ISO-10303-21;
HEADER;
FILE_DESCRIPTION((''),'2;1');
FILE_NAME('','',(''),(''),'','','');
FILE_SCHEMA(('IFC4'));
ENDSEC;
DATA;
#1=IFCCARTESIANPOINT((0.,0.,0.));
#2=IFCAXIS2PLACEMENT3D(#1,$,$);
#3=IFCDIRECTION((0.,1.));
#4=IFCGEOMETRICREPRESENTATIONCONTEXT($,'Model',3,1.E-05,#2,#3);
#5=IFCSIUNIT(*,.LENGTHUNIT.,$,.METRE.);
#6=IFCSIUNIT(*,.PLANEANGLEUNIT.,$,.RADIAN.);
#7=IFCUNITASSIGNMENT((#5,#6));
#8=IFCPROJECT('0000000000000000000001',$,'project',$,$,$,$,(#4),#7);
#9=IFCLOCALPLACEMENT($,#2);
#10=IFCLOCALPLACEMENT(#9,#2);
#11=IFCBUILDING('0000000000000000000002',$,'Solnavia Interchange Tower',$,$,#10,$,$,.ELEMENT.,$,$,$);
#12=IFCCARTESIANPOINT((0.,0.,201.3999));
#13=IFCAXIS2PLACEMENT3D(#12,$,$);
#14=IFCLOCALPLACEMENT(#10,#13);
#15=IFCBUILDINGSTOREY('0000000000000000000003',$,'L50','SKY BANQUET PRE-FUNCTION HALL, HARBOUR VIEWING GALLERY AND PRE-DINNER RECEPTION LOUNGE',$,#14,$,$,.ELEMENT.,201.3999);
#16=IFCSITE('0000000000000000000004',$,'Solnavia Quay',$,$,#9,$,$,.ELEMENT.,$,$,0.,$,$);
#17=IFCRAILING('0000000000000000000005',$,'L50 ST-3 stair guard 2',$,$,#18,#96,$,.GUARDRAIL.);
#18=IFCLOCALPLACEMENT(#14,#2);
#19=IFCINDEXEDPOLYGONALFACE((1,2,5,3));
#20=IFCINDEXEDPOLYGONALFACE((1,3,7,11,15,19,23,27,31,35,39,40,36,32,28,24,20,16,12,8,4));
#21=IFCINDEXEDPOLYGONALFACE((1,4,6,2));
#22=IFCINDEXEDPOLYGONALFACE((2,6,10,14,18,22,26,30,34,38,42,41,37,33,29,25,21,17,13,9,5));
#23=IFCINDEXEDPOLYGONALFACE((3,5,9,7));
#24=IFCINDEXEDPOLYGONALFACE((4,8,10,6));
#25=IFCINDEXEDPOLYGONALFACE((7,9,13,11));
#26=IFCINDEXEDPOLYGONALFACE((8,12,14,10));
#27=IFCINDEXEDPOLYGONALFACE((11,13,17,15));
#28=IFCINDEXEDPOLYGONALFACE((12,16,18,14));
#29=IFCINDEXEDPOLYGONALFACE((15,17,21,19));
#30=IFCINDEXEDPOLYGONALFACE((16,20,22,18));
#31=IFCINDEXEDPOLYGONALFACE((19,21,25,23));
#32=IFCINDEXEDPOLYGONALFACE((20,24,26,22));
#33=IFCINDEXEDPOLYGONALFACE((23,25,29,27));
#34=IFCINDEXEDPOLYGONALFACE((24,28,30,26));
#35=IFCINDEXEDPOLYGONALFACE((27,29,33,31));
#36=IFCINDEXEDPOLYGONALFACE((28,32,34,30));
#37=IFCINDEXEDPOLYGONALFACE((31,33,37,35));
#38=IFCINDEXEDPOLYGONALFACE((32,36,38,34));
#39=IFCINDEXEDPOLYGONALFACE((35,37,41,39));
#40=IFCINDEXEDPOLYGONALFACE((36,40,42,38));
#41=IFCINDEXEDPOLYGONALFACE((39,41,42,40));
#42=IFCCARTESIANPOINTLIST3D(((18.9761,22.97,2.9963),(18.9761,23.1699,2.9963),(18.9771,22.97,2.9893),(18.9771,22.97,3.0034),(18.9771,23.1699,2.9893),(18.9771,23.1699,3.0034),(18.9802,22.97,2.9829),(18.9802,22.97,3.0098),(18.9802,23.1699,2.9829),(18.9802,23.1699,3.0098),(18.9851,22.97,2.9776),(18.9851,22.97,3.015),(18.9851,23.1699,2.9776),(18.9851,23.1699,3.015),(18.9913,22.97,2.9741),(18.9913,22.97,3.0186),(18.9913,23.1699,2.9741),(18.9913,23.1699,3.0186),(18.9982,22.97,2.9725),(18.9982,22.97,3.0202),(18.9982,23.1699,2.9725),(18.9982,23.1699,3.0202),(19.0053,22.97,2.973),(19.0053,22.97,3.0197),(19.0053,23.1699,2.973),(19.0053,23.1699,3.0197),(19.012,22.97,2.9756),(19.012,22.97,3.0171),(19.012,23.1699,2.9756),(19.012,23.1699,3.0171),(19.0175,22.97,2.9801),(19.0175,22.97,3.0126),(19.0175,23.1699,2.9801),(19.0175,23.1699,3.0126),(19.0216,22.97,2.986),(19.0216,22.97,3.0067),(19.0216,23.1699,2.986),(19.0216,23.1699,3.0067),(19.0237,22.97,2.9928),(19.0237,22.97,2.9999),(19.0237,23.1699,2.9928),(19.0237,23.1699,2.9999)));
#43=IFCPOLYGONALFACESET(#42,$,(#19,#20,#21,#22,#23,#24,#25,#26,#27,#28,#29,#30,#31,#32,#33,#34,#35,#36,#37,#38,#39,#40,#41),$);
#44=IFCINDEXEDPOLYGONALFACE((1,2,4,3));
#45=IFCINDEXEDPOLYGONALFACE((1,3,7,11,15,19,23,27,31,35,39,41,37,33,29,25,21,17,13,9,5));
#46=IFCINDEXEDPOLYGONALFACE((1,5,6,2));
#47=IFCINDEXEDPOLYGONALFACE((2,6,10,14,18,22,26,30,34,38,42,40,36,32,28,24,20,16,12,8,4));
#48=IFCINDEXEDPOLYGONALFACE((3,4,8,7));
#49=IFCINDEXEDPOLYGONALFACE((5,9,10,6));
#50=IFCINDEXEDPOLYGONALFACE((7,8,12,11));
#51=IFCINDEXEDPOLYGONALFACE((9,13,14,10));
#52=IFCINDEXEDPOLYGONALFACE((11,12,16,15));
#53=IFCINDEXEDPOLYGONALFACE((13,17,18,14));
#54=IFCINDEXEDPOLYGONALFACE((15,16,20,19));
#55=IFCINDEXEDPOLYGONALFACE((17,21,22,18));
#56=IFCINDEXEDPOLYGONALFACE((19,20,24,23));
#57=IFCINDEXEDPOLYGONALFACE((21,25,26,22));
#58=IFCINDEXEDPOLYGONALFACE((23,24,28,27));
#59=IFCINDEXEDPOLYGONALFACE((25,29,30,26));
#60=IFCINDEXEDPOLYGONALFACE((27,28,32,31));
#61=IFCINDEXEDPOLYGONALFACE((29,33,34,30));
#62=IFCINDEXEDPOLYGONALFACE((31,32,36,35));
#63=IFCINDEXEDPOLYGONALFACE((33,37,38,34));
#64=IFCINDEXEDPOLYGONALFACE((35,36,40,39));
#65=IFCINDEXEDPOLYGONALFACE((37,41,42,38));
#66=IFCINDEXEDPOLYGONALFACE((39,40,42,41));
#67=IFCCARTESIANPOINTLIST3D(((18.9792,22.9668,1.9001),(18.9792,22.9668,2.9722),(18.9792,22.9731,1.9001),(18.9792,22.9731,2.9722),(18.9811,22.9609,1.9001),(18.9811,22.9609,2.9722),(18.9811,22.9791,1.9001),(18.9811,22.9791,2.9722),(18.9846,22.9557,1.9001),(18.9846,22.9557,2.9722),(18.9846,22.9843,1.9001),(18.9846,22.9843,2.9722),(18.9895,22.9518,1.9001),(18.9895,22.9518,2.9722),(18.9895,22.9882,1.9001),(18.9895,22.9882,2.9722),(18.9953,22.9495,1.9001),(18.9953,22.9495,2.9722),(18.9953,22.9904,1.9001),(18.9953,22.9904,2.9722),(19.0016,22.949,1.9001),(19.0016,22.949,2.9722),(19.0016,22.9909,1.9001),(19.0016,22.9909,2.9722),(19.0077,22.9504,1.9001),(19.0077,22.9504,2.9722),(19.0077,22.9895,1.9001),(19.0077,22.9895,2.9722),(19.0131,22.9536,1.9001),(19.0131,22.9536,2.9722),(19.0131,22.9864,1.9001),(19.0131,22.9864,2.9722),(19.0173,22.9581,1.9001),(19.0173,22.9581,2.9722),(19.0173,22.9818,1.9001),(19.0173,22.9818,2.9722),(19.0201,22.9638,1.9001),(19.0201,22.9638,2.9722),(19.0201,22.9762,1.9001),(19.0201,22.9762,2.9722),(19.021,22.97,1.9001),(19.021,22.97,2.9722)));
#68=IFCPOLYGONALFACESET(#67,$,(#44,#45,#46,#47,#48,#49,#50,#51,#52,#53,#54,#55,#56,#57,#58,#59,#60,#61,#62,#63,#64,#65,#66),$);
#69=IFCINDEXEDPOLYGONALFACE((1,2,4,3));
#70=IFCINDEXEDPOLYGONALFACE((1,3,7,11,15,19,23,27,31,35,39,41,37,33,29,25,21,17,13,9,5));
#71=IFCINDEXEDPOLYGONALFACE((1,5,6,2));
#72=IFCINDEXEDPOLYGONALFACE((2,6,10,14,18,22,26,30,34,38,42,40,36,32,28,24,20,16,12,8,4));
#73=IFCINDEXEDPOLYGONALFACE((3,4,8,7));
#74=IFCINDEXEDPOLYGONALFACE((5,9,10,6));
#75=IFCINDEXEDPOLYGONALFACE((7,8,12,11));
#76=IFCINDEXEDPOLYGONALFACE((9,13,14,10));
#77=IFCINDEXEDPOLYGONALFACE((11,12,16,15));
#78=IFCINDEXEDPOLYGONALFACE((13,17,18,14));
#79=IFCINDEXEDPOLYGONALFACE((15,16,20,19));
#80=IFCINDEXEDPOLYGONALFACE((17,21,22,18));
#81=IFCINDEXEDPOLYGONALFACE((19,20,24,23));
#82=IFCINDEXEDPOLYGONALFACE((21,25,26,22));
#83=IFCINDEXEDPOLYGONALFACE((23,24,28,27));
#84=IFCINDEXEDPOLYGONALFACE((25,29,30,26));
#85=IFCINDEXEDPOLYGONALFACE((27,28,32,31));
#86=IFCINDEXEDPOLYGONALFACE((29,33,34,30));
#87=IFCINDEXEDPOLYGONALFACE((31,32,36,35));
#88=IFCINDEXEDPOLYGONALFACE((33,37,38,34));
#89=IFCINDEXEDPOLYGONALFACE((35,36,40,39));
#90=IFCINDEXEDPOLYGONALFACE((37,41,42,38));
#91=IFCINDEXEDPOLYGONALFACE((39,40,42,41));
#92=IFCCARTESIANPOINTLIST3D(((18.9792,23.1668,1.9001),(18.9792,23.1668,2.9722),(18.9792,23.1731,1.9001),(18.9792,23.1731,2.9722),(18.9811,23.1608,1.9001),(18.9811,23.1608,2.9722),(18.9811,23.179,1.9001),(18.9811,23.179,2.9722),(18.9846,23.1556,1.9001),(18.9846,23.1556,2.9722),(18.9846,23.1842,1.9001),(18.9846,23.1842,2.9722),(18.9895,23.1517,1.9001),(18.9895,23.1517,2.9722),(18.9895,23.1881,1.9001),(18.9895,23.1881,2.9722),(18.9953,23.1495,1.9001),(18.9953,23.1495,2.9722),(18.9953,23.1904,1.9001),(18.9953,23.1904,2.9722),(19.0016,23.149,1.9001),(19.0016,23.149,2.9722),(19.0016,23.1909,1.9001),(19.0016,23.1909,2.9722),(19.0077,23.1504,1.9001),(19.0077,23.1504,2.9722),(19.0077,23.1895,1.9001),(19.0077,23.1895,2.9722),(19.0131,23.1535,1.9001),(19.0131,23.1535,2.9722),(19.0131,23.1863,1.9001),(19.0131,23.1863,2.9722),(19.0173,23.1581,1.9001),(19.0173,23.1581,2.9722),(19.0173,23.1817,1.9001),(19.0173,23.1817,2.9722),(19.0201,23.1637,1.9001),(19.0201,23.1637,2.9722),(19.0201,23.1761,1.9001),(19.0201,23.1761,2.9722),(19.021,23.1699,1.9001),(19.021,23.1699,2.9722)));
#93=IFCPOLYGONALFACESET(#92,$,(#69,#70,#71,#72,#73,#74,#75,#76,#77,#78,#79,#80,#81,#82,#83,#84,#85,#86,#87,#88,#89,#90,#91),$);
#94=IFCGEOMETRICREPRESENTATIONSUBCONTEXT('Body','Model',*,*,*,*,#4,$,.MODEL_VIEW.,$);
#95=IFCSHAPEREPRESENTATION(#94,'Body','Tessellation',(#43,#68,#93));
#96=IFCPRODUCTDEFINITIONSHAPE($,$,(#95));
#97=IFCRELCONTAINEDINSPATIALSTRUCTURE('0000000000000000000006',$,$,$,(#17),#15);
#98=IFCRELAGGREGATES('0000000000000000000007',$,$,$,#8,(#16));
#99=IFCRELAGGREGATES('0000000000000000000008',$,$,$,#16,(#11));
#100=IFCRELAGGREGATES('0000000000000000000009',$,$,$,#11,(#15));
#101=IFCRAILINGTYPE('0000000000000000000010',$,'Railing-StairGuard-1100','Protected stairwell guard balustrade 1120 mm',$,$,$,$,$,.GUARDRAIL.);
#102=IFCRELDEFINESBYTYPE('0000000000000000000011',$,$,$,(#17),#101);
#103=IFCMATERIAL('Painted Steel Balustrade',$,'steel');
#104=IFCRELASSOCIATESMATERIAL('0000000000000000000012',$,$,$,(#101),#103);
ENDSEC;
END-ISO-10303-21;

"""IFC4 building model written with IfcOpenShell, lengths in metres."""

from ifc_helpers import new_model, si_unit, direction, frame, origin, origin_2d, place, context, subcontext, project, spatial, circle, extrude, material, type_object, element, save


model = new_model("IFC4")

# Units and contexts
model_context = context("Model", 3, precision=1e-05, world=origin(), true_north=direction((0.0, 1.0)))
body_context = subcontext(model_context, "Body", "Model", "MODEL_VIEW")
ifc_project = project(units=[si_unit("LENGTHUNIT", "METRE"), si_unit("PLANEANGLEUNIT", "RADIAN")], contexts=[model_context])

# Site, building, storey
site_placement = place(None, origin())
site = spatial("IfcSite", under=ifc_project, at=site_placement, Name="Solnavia Quay", CompositionType="ELEMENT", RefElevation=0.0)
building_placement = place(site_placement, origin())
building = spatial("IfcBuilding", under=site, at=building_placement, Name="Solnavia Interchange Tower", CompositionType="ELEMENT")
storey_placement = place(building_placement, frame((0.0, 0.0, 201.3999)))
storey = spatial("IfcBuildingStorey", under=building, at=storey_placement, Name="L50", Description="SKY BANQUET PRE-FUNCTION HALL, HARBOUR VIEWING GALLERY AND PRE-DINNER RECEPTION LOUNGE", CompositionType="ELEMENT", Elevation=201.3999)

# Railing
ifc_material_1 = material(Name="Painted Steel Balustrade", Category="steel")
railing_type_1 = type_object("IfcRailingType", Name="Railing-StairGuard-1100", Description="Protected stairwell guard balustrade 1120 mm", PredefinedType="GUARDRAIL", material=ifc_material_1)
railing_1_placement = place(storey_placement, frame((19.0, 22.97, 1.9001)))
element("IfcRailing", 1, at=railing_1_placement, inside=storey, type_object=railing_type_1, Name="L50 ST-3 stair guard 2", PredefinedType="GUARDRAIL", context=body_context, shape_type="SweptSolid", body=[
    extrude(circle(Radius=0.0239, at=origin_2d()), frame((0.0, 0.0, 1.0962), z_axis=(0.0, 1.0, 0.0), x_axis=(-1.0, 0.0, 0.0)), (0.0, 0.0, 1.0), 0.2),
    extrude(circle(Radius=0.021, at=origin_2d()), origin(), (0.0, 0.0, 1.0), 1.072),
    extrude(circle(Radius=0.021, at=origin_2d()), frame((0.0, 0.2, 0.0)), (0.0, 0.0, 1.0), 1.072),
])

save(model, "model.ifc")
